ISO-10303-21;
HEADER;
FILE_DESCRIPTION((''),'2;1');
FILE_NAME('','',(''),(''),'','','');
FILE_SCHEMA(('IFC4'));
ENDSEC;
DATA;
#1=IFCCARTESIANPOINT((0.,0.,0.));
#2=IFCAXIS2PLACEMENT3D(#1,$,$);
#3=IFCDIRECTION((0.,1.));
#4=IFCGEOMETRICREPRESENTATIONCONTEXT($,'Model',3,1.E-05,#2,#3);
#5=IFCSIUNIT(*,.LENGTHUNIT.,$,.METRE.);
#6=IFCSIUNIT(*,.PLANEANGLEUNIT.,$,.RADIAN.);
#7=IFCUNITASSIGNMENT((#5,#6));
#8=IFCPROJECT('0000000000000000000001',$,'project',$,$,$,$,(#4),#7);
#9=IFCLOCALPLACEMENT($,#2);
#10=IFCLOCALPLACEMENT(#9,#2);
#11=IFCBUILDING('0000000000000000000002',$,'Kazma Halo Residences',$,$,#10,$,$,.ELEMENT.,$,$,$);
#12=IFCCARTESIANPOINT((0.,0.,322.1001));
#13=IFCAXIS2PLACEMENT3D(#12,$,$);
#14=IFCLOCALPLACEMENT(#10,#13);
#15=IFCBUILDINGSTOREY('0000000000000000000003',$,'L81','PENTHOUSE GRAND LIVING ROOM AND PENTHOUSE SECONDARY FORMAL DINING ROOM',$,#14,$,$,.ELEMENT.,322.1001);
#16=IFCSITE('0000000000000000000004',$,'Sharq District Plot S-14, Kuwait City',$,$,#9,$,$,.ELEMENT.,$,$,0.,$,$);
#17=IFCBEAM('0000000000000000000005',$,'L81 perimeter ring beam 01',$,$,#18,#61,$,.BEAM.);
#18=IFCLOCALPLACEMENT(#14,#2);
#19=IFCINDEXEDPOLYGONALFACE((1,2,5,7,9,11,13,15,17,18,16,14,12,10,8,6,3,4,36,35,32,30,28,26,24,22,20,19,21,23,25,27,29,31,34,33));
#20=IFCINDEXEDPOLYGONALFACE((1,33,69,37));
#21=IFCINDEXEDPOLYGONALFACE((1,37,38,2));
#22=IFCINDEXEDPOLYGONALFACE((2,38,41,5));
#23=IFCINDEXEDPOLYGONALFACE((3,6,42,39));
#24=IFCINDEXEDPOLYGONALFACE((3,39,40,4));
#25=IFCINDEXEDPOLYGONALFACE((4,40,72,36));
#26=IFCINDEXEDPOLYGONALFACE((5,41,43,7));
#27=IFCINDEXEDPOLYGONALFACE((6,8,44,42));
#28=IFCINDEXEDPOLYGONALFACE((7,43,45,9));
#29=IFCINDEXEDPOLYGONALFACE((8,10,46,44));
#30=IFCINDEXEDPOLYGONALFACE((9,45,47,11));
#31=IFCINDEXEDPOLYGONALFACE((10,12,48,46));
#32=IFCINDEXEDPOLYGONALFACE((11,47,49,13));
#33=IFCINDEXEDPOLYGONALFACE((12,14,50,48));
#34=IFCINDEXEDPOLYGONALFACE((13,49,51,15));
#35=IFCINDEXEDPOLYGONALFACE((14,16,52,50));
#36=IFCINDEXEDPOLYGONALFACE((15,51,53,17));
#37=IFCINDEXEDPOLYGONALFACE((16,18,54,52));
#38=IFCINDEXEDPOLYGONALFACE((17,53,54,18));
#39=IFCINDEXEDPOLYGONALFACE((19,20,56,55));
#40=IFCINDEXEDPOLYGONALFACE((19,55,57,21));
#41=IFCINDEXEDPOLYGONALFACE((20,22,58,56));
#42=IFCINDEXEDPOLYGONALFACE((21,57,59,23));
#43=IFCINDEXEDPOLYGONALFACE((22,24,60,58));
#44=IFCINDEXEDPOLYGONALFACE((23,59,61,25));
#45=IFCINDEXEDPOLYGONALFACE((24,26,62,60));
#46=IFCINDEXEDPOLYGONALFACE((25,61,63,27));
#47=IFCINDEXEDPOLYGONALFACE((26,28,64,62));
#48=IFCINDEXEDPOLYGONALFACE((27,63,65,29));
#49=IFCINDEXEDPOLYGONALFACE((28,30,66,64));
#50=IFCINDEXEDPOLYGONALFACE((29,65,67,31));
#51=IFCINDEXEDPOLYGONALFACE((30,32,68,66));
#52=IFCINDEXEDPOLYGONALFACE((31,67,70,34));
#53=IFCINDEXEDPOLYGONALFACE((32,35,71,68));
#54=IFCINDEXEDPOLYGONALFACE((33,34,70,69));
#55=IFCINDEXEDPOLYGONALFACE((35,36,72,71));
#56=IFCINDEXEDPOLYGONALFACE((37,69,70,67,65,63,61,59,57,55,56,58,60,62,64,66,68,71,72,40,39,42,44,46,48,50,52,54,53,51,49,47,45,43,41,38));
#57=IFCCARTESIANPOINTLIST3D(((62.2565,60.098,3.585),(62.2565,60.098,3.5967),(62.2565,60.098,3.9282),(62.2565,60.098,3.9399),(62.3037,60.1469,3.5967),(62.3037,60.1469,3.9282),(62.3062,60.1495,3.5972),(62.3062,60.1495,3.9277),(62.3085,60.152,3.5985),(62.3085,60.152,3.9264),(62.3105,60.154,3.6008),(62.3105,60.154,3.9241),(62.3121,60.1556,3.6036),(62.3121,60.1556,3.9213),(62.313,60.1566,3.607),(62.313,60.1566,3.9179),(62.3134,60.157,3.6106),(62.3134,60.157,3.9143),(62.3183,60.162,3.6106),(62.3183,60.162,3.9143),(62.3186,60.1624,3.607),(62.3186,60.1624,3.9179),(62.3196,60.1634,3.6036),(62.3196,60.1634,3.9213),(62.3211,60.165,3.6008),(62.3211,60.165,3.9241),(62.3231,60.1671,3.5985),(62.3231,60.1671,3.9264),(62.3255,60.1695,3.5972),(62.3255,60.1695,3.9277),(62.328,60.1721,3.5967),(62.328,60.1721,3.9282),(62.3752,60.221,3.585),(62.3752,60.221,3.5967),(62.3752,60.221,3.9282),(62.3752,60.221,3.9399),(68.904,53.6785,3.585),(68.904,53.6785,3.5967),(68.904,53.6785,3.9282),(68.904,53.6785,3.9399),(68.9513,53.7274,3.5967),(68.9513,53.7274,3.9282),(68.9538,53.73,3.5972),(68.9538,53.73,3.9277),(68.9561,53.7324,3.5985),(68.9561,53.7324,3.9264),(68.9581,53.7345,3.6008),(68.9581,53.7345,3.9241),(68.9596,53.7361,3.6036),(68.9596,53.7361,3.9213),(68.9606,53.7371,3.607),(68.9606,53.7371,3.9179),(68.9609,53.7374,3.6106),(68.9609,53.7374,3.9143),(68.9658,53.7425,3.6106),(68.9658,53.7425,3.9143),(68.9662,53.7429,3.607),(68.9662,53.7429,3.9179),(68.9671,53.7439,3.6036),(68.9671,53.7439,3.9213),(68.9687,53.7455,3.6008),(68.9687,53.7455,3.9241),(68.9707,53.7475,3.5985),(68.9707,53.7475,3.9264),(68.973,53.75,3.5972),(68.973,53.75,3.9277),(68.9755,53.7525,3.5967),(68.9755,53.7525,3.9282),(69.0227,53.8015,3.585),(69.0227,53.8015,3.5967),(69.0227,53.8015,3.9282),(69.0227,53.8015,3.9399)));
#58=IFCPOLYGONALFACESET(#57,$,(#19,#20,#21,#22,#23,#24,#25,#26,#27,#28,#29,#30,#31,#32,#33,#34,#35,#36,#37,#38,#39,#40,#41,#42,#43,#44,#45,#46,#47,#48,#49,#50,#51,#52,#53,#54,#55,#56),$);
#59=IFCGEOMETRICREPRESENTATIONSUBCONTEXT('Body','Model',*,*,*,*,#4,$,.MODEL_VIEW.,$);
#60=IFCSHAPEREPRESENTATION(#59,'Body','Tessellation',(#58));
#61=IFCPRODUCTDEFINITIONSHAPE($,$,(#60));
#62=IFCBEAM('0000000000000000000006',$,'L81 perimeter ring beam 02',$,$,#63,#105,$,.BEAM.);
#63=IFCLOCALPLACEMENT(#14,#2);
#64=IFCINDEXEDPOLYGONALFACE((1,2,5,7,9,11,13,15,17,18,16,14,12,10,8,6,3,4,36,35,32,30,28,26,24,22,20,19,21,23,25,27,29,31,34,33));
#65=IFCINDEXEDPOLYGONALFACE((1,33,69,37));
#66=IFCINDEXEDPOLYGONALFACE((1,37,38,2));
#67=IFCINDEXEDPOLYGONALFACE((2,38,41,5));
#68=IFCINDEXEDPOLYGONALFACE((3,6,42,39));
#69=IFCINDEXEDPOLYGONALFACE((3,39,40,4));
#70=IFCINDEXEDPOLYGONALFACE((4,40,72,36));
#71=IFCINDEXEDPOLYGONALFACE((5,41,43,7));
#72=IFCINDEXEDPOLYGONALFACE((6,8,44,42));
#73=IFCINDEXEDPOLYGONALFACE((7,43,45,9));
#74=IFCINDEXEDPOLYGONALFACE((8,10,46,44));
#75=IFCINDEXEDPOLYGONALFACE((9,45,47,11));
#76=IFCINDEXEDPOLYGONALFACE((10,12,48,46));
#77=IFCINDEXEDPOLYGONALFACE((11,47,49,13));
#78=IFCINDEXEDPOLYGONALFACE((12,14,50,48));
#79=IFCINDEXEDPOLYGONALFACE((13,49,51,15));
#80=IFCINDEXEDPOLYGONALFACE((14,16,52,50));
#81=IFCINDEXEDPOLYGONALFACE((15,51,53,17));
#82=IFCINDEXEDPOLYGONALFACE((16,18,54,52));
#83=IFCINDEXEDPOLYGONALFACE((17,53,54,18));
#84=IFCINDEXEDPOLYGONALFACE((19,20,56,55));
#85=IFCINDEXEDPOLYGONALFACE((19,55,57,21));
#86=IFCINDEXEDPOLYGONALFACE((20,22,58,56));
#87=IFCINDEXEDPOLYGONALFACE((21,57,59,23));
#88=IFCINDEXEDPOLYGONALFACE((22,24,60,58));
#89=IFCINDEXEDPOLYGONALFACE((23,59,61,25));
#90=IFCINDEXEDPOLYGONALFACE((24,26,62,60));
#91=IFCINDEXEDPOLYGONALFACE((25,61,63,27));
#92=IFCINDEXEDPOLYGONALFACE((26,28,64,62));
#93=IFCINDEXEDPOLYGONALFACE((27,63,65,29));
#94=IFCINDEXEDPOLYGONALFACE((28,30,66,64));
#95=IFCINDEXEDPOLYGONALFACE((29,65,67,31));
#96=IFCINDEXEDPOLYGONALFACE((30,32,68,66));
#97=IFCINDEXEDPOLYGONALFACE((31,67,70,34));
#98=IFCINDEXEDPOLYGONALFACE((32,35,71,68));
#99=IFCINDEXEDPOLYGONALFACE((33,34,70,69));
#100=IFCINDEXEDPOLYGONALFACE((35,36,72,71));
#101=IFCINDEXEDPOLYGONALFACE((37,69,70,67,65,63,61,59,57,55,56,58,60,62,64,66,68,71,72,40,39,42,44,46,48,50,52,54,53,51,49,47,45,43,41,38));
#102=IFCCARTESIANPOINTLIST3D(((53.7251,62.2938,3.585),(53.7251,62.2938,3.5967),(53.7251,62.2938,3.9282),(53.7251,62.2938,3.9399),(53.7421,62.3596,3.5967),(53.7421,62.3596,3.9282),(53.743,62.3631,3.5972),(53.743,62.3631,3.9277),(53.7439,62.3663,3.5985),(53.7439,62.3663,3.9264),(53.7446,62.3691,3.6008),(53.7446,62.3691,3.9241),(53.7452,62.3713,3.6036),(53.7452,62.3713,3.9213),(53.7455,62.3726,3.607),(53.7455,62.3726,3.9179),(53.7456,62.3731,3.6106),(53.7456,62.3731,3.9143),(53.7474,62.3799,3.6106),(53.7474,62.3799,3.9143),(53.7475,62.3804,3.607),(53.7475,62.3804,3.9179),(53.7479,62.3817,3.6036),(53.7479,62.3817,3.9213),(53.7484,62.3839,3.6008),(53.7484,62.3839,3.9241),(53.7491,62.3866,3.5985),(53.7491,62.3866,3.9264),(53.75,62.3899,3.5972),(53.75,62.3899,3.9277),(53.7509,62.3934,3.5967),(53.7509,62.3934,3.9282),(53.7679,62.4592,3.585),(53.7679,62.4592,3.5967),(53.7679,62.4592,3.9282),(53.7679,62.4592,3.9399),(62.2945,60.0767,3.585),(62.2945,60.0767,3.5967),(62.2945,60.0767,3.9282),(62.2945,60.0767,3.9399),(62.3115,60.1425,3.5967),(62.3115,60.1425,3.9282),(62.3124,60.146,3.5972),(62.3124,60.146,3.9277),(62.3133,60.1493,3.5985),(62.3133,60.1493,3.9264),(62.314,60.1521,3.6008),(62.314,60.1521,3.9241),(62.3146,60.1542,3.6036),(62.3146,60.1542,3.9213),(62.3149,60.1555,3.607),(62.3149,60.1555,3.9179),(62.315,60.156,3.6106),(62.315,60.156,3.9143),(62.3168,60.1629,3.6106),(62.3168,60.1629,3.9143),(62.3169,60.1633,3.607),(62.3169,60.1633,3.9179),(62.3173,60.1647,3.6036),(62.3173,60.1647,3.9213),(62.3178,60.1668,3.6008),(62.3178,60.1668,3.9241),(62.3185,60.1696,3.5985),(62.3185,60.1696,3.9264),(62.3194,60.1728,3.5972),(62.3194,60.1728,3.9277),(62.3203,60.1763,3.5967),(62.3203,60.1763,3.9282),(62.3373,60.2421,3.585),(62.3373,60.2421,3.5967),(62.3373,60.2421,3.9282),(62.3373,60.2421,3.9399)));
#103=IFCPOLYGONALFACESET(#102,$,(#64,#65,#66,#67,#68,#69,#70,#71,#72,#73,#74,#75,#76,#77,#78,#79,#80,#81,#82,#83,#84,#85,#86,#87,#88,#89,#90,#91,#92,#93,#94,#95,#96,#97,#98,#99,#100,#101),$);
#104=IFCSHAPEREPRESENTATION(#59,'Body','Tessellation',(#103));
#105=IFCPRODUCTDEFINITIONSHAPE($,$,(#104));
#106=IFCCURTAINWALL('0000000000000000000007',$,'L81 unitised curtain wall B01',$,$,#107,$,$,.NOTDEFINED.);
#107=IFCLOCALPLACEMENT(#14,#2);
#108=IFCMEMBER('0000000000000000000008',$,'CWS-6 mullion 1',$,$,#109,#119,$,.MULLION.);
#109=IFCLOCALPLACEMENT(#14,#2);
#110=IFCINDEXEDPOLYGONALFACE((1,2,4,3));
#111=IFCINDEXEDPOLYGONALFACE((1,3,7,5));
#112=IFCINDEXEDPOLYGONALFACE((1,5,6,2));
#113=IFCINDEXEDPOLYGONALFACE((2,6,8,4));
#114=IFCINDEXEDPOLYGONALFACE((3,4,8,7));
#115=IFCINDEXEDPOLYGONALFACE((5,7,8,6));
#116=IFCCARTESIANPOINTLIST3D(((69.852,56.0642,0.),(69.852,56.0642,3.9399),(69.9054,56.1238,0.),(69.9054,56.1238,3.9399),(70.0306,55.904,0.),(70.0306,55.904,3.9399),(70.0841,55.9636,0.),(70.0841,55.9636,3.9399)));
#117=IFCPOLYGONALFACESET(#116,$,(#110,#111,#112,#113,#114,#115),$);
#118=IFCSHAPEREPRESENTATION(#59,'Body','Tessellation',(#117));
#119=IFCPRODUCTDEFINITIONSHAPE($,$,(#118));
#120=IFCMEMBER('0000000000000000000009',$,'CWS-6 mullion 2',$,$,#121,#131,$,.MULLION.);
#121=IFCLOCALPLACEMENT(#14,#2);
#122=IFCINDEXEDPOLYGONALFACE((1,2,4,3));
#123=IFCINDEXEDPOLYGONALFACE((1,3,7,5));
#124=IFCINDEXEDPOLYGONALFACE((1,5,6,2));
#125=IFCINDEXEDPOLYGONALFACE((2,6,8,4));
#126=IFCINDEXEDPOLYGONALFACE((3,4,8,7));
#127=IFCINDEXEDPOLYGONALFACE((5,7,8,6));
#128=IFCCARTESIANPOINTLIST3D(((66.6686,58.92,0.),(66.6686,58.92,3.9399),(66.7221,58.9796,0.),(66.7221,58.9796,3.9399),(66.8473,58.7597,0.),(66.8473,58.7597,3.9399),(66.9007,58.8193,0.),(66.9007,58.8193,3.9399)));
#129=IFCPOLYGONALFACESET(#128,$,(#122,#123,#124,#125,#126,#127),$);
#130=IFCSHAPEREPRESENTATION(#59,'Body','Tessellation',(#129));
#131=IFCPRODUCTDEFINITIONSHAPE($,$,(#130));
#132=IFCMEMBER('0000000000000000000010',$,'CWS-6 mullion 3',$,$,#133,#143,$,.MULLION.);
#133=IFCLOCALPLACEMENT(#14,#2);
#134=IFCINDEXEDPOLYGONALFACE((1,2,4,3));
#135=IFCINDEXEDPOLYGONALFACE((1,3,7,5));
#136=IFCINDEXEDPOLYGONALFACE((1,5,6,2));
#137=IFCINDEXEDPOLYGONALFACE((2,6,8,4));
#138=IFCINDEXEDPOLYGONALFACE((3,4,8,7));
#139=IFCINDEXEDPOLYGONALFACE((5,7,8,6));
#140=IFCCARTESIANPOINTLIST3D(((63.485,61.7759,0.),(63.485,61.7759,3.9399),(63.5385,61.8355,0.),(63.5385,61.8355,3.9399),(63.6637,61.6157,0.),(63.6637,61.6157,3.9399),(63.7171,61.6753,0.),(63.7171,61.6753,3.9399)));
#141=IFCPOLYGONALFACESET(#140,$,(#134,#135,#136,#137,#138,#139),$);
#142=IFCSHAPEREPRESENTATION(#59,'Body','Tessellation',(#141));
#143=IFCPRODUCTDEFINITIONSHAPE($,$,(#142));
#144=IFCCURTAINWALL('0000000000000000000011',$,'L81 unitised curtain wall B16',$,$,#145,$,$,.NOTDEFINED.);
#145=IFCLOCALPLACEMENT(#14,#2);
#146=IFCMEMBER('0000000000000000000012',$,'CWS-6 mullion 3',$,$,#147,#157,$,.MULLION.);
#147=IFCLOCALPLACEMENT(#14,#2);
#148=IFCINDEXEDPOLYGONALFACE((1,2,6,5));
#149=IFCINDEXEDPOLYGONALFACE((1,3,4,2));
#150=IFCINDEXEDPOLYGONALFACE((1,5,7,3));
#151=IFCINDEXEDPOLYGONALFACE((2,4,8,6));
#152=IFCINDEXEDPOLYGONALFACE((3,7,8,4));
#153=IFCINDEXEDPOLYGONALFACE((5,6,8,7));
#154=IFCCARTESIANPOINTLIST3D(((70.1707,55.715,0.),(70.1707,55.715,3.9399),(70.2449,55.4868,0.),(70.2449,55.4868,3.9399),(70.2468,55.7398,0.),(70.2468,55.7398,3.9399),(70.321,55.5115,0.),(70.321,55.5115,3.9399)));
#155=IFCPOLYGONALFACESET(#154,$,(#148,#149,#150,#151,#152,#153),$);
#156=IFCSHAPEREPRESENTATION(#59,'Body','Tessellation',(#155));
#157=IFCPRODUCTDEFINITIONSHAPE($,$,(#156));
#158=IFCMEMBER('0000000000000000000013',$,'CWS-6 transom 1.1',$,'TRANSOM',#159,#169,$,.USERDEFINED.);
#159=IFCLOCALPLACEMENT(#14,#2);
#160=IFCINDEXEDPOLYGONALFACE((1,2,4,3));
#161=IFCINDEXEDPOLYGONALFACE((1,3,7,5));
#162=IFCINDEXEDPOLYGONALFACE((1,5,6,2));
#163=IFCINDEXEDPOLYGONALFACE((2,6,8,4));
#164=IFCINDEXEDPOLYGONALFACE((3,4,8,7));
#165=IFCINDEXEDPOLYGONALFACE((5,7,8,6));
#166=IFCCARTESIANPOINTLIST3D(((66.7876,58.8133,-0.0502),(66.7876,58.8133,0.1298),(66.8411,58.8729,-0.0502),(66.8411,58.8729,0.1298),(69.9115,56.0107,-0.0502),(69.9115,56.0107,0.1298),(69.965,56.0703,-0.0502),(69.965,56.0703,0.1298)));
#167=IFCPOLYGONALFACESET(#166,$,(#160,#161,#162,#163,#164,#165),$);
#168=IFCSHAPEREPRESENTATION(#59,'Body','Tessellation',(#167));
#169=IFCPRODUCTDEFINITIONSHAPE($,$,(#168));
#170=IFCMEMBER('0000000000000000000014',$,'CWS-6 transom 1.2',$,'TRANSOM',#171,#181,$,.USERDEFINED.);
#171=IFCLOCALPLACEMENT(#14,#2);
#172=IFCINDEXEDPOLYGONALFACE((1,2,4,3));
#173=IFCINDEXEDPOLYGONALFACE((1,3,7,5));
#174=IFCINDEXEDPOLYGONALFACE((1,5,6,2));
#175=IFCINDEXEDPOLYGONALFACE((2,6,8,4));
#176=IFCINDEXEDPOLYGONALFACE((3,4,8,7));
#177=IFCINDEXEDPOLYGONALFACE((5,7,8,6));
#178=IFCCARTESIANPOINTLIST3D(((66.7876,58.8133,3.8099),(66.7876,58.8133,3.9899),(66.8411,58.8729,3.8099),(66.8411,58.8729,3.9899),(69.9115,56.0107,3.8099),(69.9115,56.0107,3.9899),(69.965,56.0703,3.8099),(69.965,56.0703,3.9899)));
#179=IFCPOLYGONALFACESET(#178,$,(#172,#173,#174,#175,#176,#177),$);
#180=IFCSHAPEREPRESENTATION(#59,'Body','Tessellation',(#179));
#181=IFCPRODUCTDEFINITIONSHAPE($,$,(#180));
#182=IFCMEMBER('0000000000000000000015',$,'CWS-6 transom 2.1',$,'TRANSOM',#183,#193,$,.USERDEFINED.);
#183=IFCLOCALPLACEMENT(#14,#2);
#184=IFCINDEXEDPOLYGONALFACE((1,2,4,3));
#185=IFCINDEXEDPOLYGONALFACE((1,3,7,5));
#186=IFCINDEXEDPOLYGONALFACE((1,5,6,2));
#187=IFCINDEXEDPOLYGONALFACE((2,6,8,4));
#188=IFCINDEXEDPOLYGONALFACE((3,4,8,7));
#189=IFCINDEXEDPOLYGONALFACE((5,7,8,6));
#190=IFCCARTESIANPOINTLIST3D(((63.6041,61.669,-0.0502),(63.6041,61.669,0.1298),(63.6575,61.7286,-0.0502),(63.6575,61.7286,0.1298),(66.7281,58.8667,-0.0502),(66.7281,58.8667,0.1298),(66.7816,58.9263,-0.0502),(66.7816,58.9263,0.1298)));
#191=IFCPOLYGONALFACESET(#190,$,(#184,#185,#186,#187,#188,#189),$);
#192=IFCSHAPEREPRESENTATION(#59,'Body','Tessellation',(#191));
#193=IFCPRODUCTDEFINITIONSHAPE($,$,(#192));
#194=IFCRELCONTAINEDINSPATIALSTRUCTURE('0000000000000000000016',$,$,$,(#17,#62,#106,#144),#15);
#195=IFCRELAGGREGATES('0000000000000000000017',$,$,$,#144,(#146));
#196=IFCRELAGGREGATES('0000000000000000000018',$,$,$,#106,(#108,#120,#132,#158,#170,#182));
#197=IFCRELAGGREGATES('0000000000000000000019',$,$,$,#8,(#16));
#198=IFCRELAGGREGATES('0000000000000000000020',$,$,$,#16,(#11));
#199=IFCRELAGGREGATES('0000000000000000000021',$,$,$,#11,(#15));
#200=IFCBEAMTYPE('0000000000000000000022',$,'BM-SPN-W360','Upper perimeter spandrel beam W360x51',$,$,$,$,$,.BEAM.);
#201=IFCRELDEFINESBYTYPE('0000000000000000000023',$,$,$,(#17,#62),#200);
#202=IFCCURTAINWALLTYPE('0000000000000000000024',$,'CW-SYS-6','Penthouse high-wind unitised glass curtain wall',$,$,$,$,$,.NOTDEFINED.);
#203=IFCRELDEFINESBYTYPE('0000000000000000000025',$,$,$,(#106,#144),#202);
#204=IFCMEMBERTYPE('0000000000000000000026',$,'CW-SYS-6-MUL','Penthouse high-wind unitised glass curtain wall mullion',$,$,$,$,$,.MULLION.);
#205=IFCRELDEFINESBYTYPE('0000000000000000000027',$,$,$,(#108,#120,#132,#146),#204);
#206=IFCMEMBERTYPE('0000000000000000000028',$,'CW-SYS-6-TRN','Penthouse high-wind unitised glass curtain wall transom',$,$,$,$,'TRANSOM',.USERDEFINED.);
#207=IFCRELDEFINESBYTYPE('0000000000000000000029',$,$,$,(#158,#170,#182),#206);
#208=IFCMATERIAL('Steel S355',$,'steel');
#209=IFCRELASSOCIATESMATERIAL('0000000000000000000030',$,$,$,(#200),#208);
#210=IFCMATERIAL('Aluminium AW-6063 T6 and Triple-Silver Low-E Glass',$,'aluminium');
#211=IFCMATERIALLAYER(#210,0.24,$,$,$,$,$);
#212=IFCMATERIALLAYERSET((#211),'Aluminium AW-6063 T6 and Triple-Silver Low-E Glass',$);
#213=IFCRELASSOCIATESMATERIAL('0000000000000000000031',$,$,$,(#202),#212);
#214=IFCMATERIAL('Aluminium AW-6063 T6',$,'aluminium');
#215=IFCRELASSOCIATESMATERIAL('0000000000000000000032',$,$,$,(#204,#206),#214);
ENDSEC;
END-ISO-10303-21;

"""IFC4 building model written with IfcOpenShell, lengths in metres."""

from ifc_helpers import new_model, si_unit, direction, frame, origin, origin_2d, place, context, subcontext, project, spatial, rectangle, i_section, extrude, material, layer, layer_set, material_profile, profile_set, type_object, element, aggregate, save


model = new_model("IFC4")

# Units and contexts
model_context = context("Model", 3, precision=1e-05, world=origin(), true_north=direction((0.0, 1.0)))
body_context = subcontext(model_context, "Body", "Model", "MODEL_VIEW")
ifc_project = project(units=[si_unit("LENGTHUNIT", "METRE"), si_unit("PLANEANGLEUNIT", "RADIAN")], contexts=[model_context])

# Site, building, storey
site_placement = place(None, origin())
site = spatial("IfcSite", under=ifc_project, at=site_placement, Name="Sharq District Plot S-14, Kuwait City", CompositionType="ELEMENT", RefElevation=0.0)
building_placement = place(site_placement, origin())
building = spatial("IfcBuilding", under=site, at=building_placement, Name="Kazma Halo Residences", CompositionType="ELEMENT")
storey_placement = place(building_placement, frame((0.0, 0.0, 322.1001)))
storey = spatial("IfcBuildingStorey", under=building, at=storey_placement, Name="L81", Description="PENTHOUSE GRAND LIVING ROOM AND PENTHOUSE SECONDARY FORMAL DINING ROOM", CompositionType="ELEMENT", Elevation=322.1001)

# Beams
ifc_material_1 = material(Name="Steel S355", Category="steel")
ifc_material_profile_1 = material_profile(ifc_material_1, i_section(OverallWidth=0.1709, OverallDepth=0.355, WebThickness=0.0071, FlangeThickness=0.0117, FilletRadius=0.0139, at=origin_2d()), Name="W360x51")
ifc_profile_set_1 = profile_set([ifc_material_profile_1], Name="Steel S355")
beam_type_1 = type_object("IfcBeamType", Name="BM-SPN-W360", Description="Upper perimeter spandrel beam W360x51", PredefinedType="BEAM", material=ifc_profile_set_1)
beam_1_placement = place(storey_placement, frame((68.9634, 53.74, 3.7625), z_axis=(-0.719337, 0.694661, 0.0), x_axis=(-0.694661, -0.719337, 0.0)))
element("IfcBeam", 1, at=beam_1_placement, inside=storey, type_object=beam_type_1, Name="L81 perimeter ring beam 01", PredefinedType="BEAM", context=body_context, shape_type="SweptSolid", body=[
    extrude(i_section(OverallWidth=0.1709, OverallDepth=0.355, WebThickness=0.0071, FlangeThickness=0.0117, FilletRadius=0.0139, at=origin_2d()), origin(), (0.0, 0.0, 1.0), 9.2412),
])
beam_2_placement = place(storey_placement, frame((62.3159, 60.1594, 3.7625), z_axis=(-0.968124, 0.250471, 0.0), x_axis=(-0.250471, -0.968124, 0.0)))
element("IfcBeam", 2, at=beam_2_placement, inside=storey, type_object=beam_type_1, Name="L81 perimeter ring beam 02", PredefinedType="BEAM", context=body_context, shape_type="SweptSolid", body=[
    extrude(i_section(OverallWidth=0.1709, OverallDepth=0.355, WebThickness=0.0071, FlangeThickness=0.0117, FilletRadius=0.0139, at=origin_2d()), origin(), (0.0, 0.0, 1.0), 8.8516),
])

# Curtain wall, members
ifc_material_2 = material(Name="Aluminium AW-6063 T6 and Triple-Silver Low-E Glass", Category="aluminium")
ifc_layer_1 = layer(ifc_material_2, 0.24)
ifc_layer_set_1 = layer_set([ifc_layer_1], Name="Aluminium AW-6063 T6 and Triple-Silver Low-E Glass")
curtain_wall_type = type_object("IfcCurtainWallType", Name="CW-SYS-6", Description="Penthouse high-wind unitised glass curtain wall", PredefinedType="NOTDEFINED", material=ifc_layer_set_1)
curtain_wall_1_placement = place(storey_placement, origin())
curtain_wall_1 = element("IfcCurtainWall", 3, at=curtain_wall_1_placement, inside=storey, type_object=curtain_wall_type, Name="L81 unitised curtain wall B01", PredefinedType="NOTDEFINED")
ifc_material_3 = material(Name="Aluminium AW-6063 T6", Category="aluminium")
ifc_material_profile_2 = material_profile(ifc_material_3, rectangle(XDim=0.0801, YDim=0.24, at=origin_2d()), Name="CWM-80x240")
ifc_profile_set_2 = profile_set([ifc_material_profile_2], Name="Aluminium AW-6063 T6")
member_type_1 = type_object("IfcMemberType", Name="CW-SYS-6-MUL", Description="Penthouse high-wind unitised glass curtain wall mullion", PredefinedType="MULLION", material=ifc_profile_set_2)
member_1_placement = place(storey_placement, frame((69.968, 56.0139, 0.0), z_axis=(0.0, 0.0, 1.0), x_axis=(-0.667758, -0.744379, 0.0)))
member_1 = element("IfcMember", 4, at=member_1_placement, type_object=member_type_1, Name="CWS-6 mullion 1", PredefinedType="MULLION", context=body_context, shape_type="SweptSolid", body=[
    extrude(rectangle(XDim=0.0801, YDim=0.24, at=origin_2d()), origin(), (0.0, 0.0, 1.0), 3.9399),
])
member_2_placement = place(storey_placement, frame((66.7847, 58.8696, 0.0), z_axis=(0.0, 0.0, 1.0), x_axis=(-0.667758, -0.744379, 0.0)))
member_2 = element("IfcMember", 5, at=member_2_placement, type_object=member_type_1, Name="CWS-6 mullion 2", PredefinedType="MULLION", context=body_context, shape_type="SweptSolid", body=[
    extrude(rectangle(XDim=0.0801, YDim=0.24, at=origin_2d()), origin(), (0.0, 0.0, 1.0), 3.9399),
])
member_3_placement = place(storey_placement, frame((63.6011, 61.7256, 0.0), z_axis=(0.0, 0.0, 1.0), x_axis=(-0.667758, -0.744379, 0.0)))
member_3 = element("IfcMember", 6, at=member_3_placement, type_object=member_type_1, Name="CWS-6 mullion 3", PredefinedType="MULLION", context=body_context, shape_type="SweptSolid", body=[
    extrude(rectangle(XDim=0.0801, YDim=0.24, at=origin_2d()), origin(), (0.0, 0.0, 1.0), 3.9399),
])

# Curtain wall, member
curtain_wall_2_placement = place(storey_placement, origin())
curtain_wall_2 = element("IfcCurtainWall", 7, at=curtain_wall_2_placement, inside=storey, type_object=curtain_wall_type, Name="L81 unitised curtain wall B16", PredefinedType="NOTDEFINED")
member_4_placement = place(storey_placement, frame((70.2458, 55.6133, 0.0), z_axis=(0.0, 0.0, 1.0), x_axis=(-0.951056, -0.309019, 0.0)))
member_4 = element("IfcMember", 8, at=member_4_placement, type_object=member_type_1, Name="CWS-6 mullion 3", PredefinedType="MULLION", context=body_context, shape_type="SweptSolid", body=[
    extrude(rectangle(XDim=0.0801, YDim=0.24, at=origin_2d()), origin(), (0.0, 0.0, 1.0), 3.9399),
])
aggregate(curtain_wall_2, [member_4])

# Members
ifc_material_profile_3 = material_profile(ifc_material_3, rectangle(XDim=0.0801, YDim=0.1799, at=origin_2d()), Name="CWT-80x180")
ifc_profile_set_3 = profile_set([ifc_material_profile_3], Name="Aluminium AW-6063 T6")
member_type_2 = type_object("IfcMemberType", Name="CW-SYS-6-TRN", Description="Penthouse high-wind unitised glass curtain wall transom", ElementType="TRANSOM", PredefinedType="USERDEFINED", material=ifc_profile_set_3)
member_5_placement = place(storey_placement, frame((69.9382, 56.0405, 0.0398), z_axis=(-0.744349, 0.667791, 0.0), x_axis=(-0.667791, -0.744349, 0.0)))
member_5 = element("IfcMember", 9, at=member_5_placement, type_object=member_type_2, Name="CWS-6 transom 1.1", ObjectType="TRANSOM", PredefinedType="USERDEFINED", context=body_context, shape_type="SweptSolid", body=[
    extrude(rectangle(XDim=0.0801, YDim=0.1799, at=origin_2d()), origin(), (0.0, 0.0, 1.0), 4.1968),
])
member_6_placement = place(storey_placement, frame((69.9382, 56.0405, 3.8999), z_axis=(-0.744349, 0.667791, 0.0), x_axis=(-0.667791, -0.744349, 0.0)))
member_6 = element("IfcMember", 10, at=member_6_placement, type_object=member_type_2, Name="CWS-6 transom 1.2", ObjectType="TRANSOM", PredefinedType="USERDEFINED", context=body_context, shape_type="SweptSolid", body=[
    extrude(rectangle(XDim=0.0801, YDim=0.1799, at=origin_2d()), origin(), (0.0, 0.0, 1.0), 4.1968),
])
member_7_placement = place(storey_placement, frame((66.7549, 58.8965, 0.0398), z_axis=(-0.744404, 0.66773, 0.0), x_axis=(-0.66773, -0.744404, 0.0)))
member_7 = element("IfcMember", 11, at=member_7_placement, type_object=member_type_2, Name="CWS-6 transom 2.1", ObjectType="TRANSOM", PredefinedType="USERDEFINED", context=body_context, shape_type="SweptSolid", body=[
    extrude(rectangle(XDim=0.0801, YDim=0.1799, at=origin_2d()), origin(), (0.0, 0.0, 1.0), 4.1968),
])

aggregate(curtain_wall_1, [member_1, member_2, member_3, member_5, member_6, member_7])

save(model, "model.ifc")
